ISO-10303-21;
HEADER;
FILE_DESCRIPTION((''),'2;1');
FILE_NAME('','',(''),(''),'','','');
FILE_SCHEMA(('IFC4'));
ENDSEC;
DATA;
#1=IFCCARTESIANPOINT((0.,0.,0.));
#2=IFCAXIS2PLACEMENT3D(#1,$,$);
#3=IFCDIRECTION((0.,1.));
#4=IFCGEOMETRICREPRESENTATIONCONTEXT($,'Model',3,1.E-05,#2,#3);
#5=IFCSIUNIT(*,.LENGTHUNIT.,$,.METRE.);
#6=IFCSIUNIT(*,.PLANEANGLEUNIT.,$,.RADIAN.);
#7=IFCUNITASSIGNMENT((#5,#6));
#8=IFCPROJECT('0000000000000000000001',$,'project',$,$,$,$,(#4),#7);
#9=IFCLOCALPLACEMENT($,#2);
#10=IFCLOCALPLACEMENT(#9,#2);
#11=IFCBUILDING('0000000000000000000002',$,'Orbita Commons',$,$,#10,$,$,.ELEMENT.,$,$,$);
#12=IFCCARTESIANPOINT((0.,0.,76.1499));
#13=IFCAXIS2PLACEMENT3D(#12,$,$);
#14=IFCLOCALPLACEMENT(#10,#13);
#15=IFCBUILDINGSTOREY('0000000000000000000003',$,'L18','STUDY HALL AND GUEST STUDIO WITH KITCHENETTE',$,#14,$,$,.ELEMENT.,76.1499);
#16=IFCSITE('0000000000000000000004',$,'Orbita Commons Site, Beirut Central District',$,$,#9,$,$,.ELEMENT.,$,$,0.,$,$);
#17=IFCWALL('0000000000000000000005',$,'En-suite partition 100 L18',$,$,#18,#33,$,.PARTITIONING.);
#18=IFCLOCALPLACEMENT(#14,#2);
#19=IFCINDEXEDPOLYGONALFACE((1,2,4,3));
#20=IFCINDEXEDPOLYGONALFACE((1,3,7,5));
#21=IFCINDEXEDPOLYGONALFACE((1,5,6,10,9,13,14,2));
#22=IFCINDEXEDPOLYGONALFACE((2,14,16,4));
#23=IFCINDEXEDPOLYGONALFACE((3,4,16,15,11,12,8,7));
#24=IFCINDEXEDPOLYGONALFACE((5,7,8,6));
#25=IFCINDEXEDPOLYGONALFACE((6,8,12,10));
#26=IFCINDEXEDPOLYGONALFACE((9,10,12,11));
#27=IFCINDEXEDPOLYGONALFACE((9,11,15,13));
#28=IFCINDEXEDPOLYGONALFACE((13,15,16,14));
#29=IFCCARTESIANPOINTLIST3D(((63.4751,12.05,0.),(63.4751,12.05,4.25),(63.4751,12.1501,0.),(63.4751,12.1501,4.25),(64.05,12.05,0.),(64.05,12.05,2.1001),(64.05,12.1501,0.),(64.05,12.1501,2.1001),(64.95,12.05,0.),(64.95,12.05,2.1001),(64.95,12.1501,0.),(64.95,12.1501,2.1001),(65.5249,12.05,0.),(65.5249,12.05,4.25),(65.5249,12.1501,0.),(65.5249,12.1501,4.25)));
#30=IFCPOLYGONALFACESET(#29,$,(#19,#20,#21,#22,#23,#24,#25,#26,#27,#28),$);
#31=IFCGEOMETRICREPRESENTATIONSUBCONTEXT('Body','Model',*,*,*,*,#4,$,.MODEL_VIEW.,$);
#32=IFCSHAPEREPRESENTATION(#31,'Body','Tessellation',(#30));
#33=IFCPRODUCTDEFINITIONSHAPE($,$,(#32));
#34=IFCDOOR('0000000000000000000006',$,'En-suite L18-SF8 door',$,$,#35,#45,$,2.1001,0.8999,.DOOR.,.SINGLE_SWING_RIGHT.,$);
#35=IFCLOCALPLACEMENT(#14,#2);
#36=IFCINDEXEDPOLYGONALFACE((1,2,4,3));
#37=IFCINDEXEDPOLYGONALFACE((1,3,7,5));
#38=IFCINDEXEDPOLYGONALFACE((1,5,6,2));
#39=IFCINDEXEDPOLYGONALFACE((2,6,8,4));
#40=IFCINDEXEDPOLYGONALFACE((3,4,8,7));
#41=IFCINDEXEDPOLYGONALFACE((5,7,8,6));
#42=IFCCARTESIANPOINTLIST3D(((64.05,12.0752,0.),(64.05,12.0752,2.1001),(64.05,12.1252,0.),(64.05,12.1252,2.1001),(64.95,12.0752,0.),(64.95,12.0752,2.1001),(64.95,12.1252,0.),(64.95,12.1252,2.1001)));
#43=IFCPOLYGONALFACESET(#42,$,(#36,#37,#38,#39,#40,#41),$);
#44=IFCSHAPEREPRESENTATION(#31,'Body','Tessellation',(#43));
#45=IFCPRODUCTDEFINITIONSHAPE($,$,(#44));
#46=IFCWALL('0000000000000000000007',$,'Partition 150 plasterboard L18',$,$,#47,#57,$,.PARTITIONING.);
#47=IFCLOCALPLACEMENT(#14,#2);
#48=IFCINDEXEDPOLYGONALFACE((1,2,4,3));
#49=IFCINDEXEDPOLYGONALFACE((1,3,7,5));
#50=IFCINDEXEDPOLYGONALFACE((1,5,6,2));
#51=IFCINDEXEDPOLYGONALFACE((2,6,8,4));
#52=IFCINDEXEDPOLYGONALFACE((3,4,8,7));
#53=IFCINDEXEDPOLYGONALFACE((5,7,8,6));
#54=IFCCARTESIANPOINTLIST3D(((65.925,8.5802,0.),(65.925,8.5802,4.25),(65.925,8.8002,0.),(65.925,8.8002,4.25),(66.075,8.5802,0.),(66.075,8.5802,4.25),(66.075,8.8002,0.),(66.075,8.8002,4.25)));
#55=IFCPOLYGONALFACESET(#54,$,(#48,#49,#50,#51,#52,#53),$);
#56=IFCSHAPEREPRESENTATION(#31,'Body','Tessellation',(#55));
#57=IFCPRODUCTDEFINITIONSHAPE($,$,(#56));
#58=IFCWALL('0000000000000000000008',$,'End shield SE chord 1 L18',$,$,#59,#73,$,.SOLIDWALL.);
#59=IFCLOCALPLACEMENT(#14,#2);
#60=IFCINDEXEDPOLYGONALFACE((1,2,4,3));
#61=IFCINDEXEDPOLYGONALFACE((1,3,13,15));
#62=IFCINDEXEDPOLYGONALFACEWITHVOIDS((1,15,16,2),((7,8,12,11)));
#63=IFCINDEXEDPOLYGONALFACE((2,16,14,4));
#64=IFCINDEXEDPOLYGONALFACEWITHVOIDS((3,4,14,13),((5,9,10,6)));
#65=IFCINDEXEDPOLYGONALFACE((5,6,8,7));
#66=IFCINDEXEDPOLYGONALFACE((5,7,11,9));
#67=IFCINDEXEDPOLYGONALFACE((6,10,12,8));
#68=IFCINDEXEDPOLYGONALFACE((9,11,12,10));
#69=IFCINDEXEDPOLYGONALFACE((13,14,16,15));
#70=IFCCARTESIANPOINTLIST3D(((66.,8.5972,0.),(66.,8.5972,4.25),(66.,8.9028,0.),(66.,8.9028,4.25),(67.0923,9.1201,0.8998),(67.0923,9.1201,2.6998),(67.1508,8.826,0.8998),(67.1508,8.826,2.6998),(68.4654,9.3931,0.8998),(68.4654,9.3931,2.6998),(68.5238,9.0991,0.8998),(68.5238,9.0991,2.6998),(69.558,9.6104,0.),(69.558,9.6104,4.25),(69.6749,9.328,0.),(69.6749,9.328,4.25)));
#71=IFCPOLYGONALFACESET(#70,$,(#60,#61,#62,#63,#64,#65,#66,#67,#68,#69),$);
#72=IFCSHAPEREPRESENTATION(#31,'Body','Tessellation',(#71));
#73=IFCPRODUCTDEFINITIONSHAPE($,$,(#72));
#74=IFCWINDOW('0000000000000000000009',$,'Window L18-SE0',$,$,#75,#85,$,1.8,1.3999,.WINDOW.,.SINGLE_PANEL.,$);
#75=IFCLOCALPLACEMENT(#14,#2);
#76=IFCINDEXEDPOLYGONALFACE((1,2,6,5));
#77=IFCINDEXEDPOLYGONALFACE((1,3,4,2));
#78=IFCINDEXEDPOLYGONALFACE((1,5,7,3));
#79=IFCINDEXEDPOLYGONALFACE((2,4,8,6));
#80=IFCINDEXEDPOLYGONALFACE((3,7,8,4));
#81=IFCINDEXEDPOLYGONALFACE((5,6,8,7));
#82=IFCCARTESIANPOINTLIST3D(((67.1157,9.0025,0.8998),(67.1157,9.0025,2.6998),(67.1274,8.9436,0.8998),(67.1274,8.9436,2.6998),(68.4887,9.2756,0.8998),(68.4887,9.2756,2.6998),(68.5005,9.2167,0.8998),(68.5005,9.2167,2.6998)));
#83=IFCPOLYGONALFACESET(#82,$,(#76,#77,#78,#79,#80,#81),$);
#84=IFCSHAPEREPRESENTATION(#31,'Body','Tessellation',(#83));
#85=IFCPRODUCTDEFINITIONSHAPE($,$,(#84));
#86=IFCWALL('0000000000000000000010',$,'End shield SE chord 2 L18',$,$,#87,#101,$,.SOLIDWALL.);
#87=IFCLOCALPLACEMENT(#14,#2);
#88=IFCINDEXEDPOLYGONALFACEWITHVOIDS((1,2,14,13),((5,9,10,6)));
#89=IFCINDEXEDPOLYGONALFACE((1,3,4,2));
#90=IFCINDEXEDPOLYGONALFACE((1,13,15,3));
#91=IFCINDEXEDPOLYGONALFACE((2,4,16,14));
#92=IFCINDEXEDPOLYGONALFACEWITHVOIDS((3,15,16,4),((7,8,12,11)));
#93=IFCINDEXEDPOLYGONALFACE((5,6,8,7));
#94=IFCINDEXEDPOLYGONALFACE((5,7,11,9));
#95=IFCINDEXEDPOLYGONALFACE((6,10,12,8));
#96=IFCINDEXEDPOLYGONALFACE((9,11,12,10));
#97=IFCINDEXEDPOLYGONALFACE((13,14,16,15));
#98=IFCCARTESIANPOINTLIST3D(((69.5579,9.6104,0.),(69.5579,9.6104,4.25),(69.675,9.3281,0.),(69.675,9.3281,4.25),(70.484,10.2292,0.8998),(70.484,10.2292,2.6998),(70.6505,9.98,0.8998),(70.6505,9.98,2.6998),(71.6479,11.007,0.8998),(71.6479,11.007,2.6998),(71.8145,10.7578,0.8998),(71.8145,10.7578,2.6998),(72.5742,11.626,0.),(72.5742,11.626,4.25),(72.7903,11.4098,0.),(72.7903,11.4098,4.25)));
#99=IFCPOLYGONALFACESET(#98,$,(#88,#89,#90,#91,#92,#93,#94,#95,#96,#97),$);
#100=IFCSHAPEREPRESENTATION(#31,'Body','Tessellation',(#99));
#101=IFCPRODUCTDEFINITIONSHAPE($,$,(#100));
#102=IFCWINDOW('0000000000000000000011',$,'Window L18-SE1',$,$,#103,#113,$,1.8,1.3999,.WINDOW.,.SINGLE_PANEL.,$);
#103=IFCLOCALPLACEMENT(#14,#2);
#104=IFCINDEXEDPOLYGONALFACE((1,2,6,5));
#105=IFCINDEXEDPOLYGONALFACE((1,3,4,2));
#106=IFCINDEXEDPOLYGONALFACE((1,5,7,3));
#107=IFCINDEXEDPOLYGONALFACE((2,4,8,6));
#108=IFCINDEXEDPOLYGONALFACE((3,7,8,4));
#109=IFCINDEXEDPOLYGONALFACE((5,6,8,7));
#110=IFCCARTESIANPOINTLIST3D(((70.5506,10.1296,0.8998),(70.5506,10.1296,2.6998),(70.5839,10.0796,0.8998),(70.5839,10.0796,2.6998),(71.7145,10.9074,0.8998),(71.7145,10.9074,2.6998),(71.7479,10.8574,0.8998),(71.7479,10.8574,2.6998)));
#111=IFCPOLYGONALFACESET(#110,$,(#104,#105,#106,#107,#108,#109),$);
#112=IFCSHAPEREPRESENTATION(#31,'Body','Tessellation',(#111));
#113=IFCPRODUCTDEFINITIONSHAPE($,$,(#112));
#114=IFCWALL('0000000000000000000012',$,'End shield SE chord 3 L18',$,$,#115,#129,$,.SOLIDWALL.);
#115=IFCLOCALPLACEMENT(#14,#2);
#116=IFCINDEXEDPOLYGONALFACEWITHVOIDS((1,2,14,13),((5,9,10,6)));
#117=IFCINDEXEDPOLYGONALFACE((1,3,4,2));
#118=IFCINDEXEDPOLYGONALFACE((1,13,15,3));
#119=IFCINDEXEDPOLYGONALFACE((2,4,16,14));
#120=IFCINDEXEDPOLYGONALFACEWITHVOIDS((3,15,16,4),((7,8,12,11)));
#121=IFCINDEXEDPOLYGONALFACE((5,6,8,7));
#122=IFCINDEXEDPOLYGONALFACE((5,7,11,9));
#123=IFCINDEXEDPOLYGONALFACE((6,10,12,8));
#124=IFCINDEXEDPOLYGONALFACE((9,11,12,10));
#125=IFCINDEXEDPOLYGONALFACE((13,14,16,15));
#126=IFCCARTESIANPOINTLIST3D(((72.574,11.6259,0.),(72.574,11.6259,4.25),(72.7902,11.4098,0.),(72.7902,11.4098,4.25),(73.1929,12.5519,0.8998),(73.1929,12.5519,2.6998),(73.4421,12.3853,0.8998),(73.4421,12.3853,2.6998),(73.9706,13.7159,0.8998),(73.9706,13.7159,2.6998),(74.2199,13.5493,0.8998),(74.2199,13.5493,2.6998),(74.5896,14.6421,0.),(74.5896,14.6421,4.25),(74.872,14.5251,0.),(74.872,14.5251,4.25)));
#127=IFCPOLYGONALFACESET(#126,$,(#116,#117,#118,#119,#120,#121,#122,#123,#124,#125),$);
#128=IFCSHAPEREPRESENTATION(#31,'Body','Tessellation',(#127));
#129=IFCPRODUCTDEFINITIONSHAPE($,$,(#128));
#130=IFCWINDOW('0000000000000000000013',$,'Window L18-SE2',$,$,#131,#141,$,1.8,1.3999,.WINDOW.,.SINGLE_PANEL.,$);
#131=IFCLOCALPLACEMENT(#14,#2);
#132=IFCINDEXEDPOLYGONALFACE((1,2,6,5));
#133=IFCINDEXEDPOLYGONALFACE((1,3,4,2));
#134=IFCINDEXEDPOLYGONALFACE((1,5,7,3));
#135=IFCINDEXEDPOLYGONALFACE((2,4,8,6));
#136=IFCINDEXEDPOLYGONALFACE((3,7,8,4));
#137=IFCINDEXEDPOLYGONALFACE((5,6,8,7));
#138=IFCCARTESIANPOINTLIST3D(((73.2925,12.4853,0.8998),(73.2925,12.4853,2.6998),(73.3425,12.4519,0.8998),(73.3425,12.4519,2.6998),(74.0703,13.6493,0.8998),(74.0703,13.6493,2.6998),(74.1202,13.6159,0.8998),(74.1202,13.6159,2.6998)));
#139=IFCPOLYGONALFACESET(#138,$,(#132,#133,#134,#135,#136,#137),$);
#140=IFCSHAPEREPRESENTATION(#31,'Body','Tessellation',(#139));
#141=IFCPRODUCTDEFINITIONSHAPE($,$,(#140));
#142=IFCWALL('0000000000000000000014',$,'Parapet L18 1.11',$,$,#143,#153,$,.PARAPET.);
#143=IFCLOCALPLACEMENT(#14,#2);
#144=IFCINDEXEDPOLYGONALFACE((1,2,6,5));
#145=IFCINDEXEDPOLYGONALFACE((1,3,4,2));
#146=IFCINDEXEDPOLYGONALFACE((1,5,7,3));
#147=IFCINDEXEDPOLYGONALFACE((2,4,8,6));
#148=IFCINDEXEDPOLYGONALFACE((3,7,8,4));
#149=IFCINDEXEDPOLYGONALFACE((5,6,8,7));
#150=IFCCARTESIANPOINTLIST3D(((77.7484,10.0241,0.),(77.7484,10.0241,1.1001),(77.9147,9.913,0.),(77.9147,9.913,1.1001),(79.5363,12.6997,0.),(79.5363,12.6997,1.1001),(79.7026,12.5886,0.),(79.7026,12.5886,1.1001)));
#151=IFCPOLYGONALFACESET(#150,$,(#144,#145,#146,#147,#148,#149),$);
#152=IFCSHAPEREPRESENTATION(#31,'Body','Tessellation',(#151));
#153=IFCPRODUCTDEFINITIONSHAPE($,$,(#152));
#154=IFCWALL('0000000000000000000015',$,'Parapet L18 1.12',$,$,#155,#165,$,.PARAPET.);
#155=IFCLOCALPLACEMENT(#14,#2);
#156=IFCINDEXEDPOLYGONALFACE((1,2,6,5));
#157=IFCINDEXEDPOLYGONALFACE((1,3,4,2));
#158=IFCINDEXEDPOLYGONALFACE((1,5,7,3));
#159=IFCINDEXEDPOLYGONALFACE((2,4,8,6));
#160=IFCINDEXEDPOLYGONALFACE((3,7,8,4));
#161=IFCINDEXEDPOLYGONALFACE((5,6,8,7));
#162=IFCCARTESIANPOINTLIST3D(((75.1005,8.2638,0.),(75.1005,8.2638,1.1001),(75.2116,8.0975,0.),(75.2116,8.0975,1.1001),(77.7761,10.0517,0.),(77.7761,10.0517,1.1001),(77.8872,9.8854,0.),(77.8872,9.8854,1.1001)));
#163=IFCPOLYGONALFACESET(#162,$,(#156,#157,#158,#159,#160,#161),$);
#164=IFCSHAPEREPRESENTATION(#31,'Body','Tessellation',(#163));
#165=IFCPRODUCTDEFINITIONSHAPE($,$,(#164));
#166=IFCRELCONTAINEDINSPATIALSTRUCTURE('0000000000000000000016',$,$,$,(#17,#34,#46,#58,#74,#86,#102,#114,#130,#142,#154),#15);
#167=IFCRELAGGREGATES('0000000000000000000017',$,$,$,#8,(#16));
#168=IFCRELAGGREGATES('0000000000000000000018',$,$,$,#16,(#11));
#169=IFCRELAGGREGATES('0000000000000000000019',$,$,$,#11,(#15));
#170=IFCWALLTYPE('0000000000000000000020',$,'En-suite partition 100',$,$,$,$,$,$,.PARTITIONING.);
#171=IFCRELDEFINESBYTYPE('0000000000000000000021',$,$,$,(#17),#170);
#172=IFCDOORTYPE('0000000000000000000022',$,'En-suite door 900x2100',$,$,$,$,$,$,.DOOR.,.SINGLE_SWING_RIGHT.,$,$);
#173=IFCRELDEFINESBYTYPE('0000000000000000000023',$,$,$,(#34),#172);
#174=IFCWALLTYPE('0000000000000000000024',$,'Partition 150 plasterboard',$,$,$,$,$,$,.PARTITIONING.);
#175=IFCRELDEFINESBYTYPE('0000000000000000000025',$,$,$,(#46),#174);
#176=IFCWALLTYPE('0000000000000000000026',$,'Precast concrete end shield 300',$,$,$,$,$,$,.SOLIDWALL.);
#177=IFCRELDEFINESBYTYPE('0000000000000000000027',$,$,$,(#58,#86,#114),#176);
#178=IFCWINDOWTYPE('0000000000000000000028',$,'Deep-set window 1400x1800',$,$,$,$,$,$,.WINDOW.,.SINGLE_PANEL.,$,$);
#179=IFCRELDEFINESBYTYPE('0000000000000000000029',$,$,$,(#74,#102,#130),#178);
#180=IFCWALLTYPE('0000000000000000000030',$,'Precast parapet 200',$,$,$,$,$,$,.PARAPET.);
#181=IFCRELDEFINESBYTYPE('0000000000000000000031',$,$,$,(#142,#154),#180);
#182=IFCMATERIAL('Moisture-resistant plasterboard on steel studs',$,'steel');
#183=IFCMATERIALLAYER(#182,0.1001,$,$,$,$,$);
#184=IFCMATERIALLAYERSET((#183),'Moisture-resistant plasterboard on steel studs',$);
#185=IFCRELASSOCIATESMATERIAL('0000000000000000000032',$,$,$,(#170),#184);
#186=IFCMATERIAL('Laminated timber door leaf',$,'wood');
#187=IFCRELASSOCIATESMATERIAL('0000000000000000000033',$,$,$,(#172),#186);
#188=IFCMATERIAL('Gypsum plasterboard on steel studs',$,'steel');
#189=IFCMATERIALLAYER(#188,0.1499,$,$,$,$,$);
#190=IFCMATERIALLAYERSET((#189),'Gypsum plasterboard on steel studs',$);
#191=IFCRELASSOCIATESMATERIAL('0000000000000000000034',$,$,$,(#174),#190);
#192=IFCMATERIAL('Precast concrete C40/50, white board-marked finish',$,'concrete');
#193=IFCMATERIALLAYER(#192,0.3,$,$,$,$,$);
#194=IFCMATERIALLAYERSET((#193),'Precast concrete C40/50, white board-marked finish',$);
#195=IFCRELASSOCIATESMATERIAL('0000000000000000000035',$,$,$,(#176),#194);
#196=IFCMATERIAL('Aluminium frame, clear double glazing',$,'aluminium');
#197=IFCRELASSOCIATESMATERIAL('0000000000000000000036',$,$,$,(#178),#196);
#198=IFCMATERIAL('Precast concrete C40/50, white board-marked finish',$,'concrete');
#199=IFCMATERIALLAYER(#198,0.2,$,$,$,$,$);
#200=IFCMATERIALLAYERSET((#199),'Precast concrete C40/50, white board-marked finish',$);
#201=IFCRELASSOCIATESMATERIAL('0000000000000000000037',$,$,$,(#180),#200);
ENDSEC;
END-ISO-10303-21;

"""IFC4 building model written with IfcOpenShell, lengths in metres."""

from ifc_helpers import new_model, si_unit, direction, frame, frame_2d, origin, place, context, subcontext, project, spatial, polyline, rectangle, outline, extrude, material, layer, layer_set, type_object, element, fill, save


model = new_model("IFC4")

# Units and contexts
model_context = context("Model", 3, precision=1e-05, world=origin(), true_north=direction((0.0, 1.0)))
body_context = subcontext(model_context, "Body", "Model", "MODEL_VIEW")
ifc_project = project(units=[si_unit("LENGTHUNIT", "METRE"), si_unit("PLANEANGLEUNIT", "RADIAN")], contexts=[model_context])

# Site, building, storey
site_placement = place(None, origin())
site = spatial("IfcSite", under=ifc_project, at=site_placement, Name="Orbita Commons Site, Beirut Central District", CompositionType="ELEMENT", RefElevation=0.0)
building_placement = place(site_placement, origin())
building = spatial("IfcBuilding", under=site, at=building_placement, Name="Orbita Commons", CompositionType="ELEMENT")
storey_placement = place(building_placement, frame((0.0, 0.0, 76.1499)))
storey = spatial("IfcBuildingStorey", under=building, at=storey_placement, Name="L18", Description="STUDY HALL AND GUEST STUDIO WITH KITCHENETTE", CompositionType="ELEMENT", Elevation=76.1499)

# Wall, opening, door
ifc_material_1 = material(Name="Moisture-resistant plasterboard on steel studs", Category="steel")
ifc_layer_1 = layer(ifc_material_1, 0.1001)
ifc_layer_set_1 = layer_set([ifc_layer_1], Name="Moisture-resistant plasterboard on steel studs")
wall_type_1 = type_object("IfcWallType", Name="En-suite partition 100", PredefinedType="PARTITIONING", material=ifc_layer_set_1)
wall_1_placement = place(storey_placement, frame((65.5249, 12.1001, 0.0), z_axis=(0.0, 0.0, 1.0), x_axis=(-1.0, 0.0, 0.0)))
wall_1 = element("IfcWall", 1, at=wall_1_placement, inside=storey, type_object=wall_type_1, Name="En-suite partition 100 L18", PredefinedType="PARTITIONING", context=body_context, shape_type="SweptSolid", body=[
    extrude(rectangle(XDim=2.0498, YDim=0.1001, at=frame_2d((1.0249, 0.0))), origin(), (0.0, 0.0, 1.0), 4.25),
])
opening_1_placement = place(wall_1_placement, frame((0.575, 0.0, 0.0)))
opening_1 = element("IfcOpeningElement", 2, at=opening_1_placement, cuts=wall_1, PredefinedType="OPENING", context=body_context, shape_type="SweptSolid", body=[
    extrude(rectangle(XDim=0.8999, YDim=2.1001, at=frame_2d((0.45, 1.05))), frame((0.0, 0.0601, 0.0), z_axis=(0.0, -1.0, 0.0), x_axis=(1.0, 0.0, 0.0)), (0.0, 0.0, 1.0), 0.1201),
])
ifc_material_2 = material(Name="Laminated timber door leaf", Category="wood")
door_type_1 = type_object("IfcDoorType", Name="En-suite door 900x2100", OperationType="SINGLE_SWING_RIGHT", PredefinedType="DOOR", material=ifc_material_2)
door_1_placement = place(opening_1_placement, origin())
door_1 = element("IfcDoor", 3, at=door_1_placement, inside=storey, type_object=door_type_1, Name="En-suite L18-SF8 door", OperationType="SINGLE_SWING_RIGHT", OverallHeight=2.1001, OverallWidth=0.8999, PredefinedType="DOOR", context=body_context, shape_type="SweptSolid", body=[
    extrude(rectangle(XDim=0.8999, YDim=2.1001, at=frame_2d((0.45, 1.05))), frame((0.0, 0.0249, 0.0), z_axis=(0.0, -1.0, 0.0), x_axis=(1.0, 0.0, 0.0)), (0.0, 0.0, 1.0), 0.05),
])
fill(opening_1, door_1)

# Wall
ifc_material_3 = material(Name="Gypsum plasterboard on steel studs", Category="steel")
ifc_layer_2 = layer(ifc_material_3, 0.1499)
ifc_layer_set_2 = layer_set([ifc_layer_2], Name="Gypsum plasterboard on steel studs")
wall_type_2 = type_object("IfcWallType", Name="Partition 150 plasterboard", PredefinedType="PARTITIONING", material=ifc_layer_set_2)
wall_2_placement = place(storey_placement, frame((66.0, 8.8, 0.0), z_axis=(0.0, 0.0, 1.0), x_axis=(0.0, -1.0, 0.0)))
element("IfcWall", 4, at=wall_2_placement, inside=storey, type_object=wall_type_2, Name="Partition 150 plasterboard L18", PredefinedType="PARTITIONING", context=body_context, shape_type="SweptSolid", body=[
    extrude(rectangle(XDim=0.22, YDim=0.1499, at=frame_2d((0.1099, 0.0))), origin(), (0.0, 0.0, 1.0), 4.25),
])

# Walls, openings, windows
ifc_material_4 = material(Name="Precast concrete C40/50, white board-marked finish", Category="concrete")
ifc_layer_3 = layer(ifc_material_4, 0.3)
ifc_layer_set_3 = layer_set([ifc_layer_3], Name="Precast concrete C40/50, white board-marked finish")
wall_type_3 = type_object("IfcWallType", Name="Precast concrete end shield 300", PredefinedType="SOLIDWALL", material=ifc_layer_set_3)
wall_3_placement = place(storey_placement, frame((66.0, 8.75, 0.0), z_axis=(0.0, 0.0, 1.0), x_axis=(0.980791, 0.195059, 0.0)))
wall_3 = element("IfcWall", 5, at=wall_3_placement, inside=storey, type_object=wall_type_3, Name="End shield SE chord 1 L18", PredefinedType="SOLIDWALL", context=body_context, shape_type="SweptSolid", body=[
    extrude(outline(polyline([(-0.0298, -0.1499), (3.717, -0.1499), (3.6575, 0.1499), (0.0298, 0.1499), (-0.0298, -0.1499)])), origin(), (0.0, 0.0, 1.0), 4.25),
])
opening_2_placement = place(wall_3_placement, frame((1.1436, 0.0, 0.8999)))
opening_2 = element("IfcOpeningElement", 6, at=opening_2_placement, cuts=wall_3, PredefinedType="OPENING", context=body_context, shape_type="SweptSolid", body=[
    extrude(rectangle(XDim=1.3999, YDim=1.8, at=frame_2d((0.7, 0.8999))), frame((0.0, 0.1599, 0.0), z_axis=(0.0, -1.0, 0.0), x_axis=(1.0, 0.0, 0.0)), (0.0, 0.0, 1.0), 0.3201),
])
ifc_material_5 = material(Name="Aluminium frame, clear double glazing", Category="aluminium")
window_type = type_object("IfcWindowType", Name="Deep-set window 1400x1800", PartitioningType="SINGLE_PANEL", PredefinedType="WINDOW", material=ifc_material_5)
window_1_placement = place(opening_2_placement, origin())
window_1 = element("IfcWindow", 7, at=window_1_placement, inside=storey, type_object=window_type, Name="Window L18-SE0", OverallHeight=1.8, OverallWidth=1.3999, PartitioningType="SINGLE_PANEL", PredefinedType="WINDOW", context=body_context, shape_type="SweptSolid", body=[
    extrude(rectangle(XDim=1.3999, YDim=1.8, at=frame_2d((0.7, 0.8999))), frame((0.0, 0.03, 0.0), z_axis=(0.0, -1.0, 0.0), x_axis=(1.0, 0.0, 0.0)), (0.0, 0.0, 1.0), 0.0601),
])
fill(opening_2, window_1)
wall_4_placement = place(storey_placement, frame((69.6165, 9.4692, 0.0), z_axis=(0.0, 0.0, 1.0), x_axis=(0.831449, 0.555601, 0.0)))
wall_4 = element("IfcWall", 8, at=wall_4_placement, inside=storey, type_object=wall_type_3, Name="End shield SE chord 2 L18", PredefinedType="SOLIDWALL", context=body_context, shape_type="SweptSolid", body=[
    extrude(outline(polyline([(-0.0298, -0.1499), (3.717, -0.1499), (3.6575, 0.1499), (0.0298, 0.1499), (-0.0298, -0.1499)])), origin(), (0.0, 0.0, 1.0), 4.25),
])
opening_3_placement = place(wall_4_placement, frame((1.1436, 0.0, 0.8999)))
opening_3 = element("IfcOpeningElement", 9, at=opening_3_placement, cuts=wall_4, PredefinedType="OPENING", context=body_context, shape_type="SweptSolid", body=[
    extrude(rectangle(XDim=1.3999, YDim=1.8, at=frame_2d((0.7, 0.8999))), frame((0.0, 0.1599, 0.0), z_axis=(0.0, -1.0, 0.0), x_axis=(1.0, 0.0, 0.0)), (0.0, 0.0, 1.0), 0.3201),
])
window_2_placement = place(opening_3_placement, origin())
window_2 = element("IfcWindow", 10, at=window_2_placement, inside=storey, type_object=window_type, Name="Window L18-SE1", OverallHeight=1.8, OverallWidth=1.3999, PartitioningType="SINGLE_PANEL", PredefinedType="WINDOW", context=body_context, shape_type="SweptSolid", body=[
    extrude(rectangle(XDim=1.3999, YDim=1.8, at=frame_2d((0.7, 0.8999))), frame((0.0, 0.03, 0.0), z_axis=(0.0, -1.0, 0.0), x_axis=(1.0, 0.0, 0.0)), (0.0, 0.0, 1.0), 0.0601),
])
fill(opening_3, window_2)
wall_5_placement = place(storey_placement, frame((72.6821, 11.5178, 0.0), z_axis=(0.0, 0.0, 1.0), x_axis=(0.555601, 0.831449, 0.0)))
wall_5 = element("IfcWall", 11, at=wall_5_placement, inside=storey, type_object=wall_type_3, Name="End shield SE chord 3 L18", PredefinedType="SOLIDWALL", context=body_context, shape_type="SweptSolid", body=[
    extrude(outline(polyline([(-0.0298, -0.1499), (3.717, -0.1499), (3.6575, 0.1499), (0.0298, 0.1499), (-0.0298, -0.1499)])), origin(), (0.0, 0.0, 1.0), 4.25),
])
opening_4_placement = place(wall_5_placement, frame((1.1436, 0.0, 0.8999)))
opening_4 = element("IfcOpeningElement", 12, at=opening_4_placement, cuts=wall_5, PredefinedType="OPENING", context=body_context, shape_type="SweptSolid", body=[
    extrude(rectangle(XDim=1.3999, YDim=1.8, at=frame_2d((0.7, 0.8999))), frame((0.0, 0.1599, 0.0), z_axis=(0.0, -1.0, 0.0), x_axis=(1.0, 0.0, 0.0)), (0.0, 0.0, 1.0), 0.3201),
])
window_3_placement = place(opening_4_placement, origin())
window_3 = element("IfcWindow", 13, at=window_3_placement, inside=storey, type_object=window_type, Name="Window L18-SE2", OverallHeight=1.8, OverallWidth=1.3999, PartitioningType="SINGLE_PANEL", PredefinedType="WINDOW", context=body_context, shape_type="SweptSolid", body=[
    extrude(rectangle(XDim=1.3999, YDim=1.8, at=frame_2d((0.7, 0.8999))), frame((0.0, 0.03, 0.0), z_axis=(0.0, -1.0, 0.0), x_axis=(1.0, 0.0, 0.0)), (0.0, 0.0, 1.0), 0.0601),
])
fill(opening_4, window_3)

# Walls
ifc_material_6 = material(Name="Precast concrete C40/50, white board-marked finish", Category="concrete")
ifc_layer_4 = layer(ifc_material_6, 0.2)
ifc_layer_set_4 = layer_set([ifc_layer_4], Name="Precast concrete C40/50, white board-marked finish")
wall_type_4 = type_object("IfcWallType", Name="Precast parapet 200", PredefinedType="PARAPET", material=ifc_layer_set_4)
for number, where, z_axis, x_axis, name in (
    (14, (79.6194, 12.644, 0.0), (0.0, 0.0, 1.0), (-0.555593, -0.831455, 0.0), "Parapet L18 1.11"),
    (15, (77.8315, 9.9685, 0.0), (0.0, 0.0, 1.0), (-0.831455, -0.555593, 0.0), "Parapet L18 1.12"),
):
    element("IfcWall", number, at=place(storey_placement, frame(where, z_axis=z_axis, x_axis=x_axis)), inside=storey, type_object=wall_type_4, Name=name, PredefinedType="PARAPET", context=body_context, shape_type="SweptSolid", body=[
        extrude(rectangle(XDim=3.218, YDim=0.2, at=frame_2d((1.6089, 0.0))), origin(), (0.0, 0.0, 1.0), 1.1001),
    ])

save(model, "model.ifc")
